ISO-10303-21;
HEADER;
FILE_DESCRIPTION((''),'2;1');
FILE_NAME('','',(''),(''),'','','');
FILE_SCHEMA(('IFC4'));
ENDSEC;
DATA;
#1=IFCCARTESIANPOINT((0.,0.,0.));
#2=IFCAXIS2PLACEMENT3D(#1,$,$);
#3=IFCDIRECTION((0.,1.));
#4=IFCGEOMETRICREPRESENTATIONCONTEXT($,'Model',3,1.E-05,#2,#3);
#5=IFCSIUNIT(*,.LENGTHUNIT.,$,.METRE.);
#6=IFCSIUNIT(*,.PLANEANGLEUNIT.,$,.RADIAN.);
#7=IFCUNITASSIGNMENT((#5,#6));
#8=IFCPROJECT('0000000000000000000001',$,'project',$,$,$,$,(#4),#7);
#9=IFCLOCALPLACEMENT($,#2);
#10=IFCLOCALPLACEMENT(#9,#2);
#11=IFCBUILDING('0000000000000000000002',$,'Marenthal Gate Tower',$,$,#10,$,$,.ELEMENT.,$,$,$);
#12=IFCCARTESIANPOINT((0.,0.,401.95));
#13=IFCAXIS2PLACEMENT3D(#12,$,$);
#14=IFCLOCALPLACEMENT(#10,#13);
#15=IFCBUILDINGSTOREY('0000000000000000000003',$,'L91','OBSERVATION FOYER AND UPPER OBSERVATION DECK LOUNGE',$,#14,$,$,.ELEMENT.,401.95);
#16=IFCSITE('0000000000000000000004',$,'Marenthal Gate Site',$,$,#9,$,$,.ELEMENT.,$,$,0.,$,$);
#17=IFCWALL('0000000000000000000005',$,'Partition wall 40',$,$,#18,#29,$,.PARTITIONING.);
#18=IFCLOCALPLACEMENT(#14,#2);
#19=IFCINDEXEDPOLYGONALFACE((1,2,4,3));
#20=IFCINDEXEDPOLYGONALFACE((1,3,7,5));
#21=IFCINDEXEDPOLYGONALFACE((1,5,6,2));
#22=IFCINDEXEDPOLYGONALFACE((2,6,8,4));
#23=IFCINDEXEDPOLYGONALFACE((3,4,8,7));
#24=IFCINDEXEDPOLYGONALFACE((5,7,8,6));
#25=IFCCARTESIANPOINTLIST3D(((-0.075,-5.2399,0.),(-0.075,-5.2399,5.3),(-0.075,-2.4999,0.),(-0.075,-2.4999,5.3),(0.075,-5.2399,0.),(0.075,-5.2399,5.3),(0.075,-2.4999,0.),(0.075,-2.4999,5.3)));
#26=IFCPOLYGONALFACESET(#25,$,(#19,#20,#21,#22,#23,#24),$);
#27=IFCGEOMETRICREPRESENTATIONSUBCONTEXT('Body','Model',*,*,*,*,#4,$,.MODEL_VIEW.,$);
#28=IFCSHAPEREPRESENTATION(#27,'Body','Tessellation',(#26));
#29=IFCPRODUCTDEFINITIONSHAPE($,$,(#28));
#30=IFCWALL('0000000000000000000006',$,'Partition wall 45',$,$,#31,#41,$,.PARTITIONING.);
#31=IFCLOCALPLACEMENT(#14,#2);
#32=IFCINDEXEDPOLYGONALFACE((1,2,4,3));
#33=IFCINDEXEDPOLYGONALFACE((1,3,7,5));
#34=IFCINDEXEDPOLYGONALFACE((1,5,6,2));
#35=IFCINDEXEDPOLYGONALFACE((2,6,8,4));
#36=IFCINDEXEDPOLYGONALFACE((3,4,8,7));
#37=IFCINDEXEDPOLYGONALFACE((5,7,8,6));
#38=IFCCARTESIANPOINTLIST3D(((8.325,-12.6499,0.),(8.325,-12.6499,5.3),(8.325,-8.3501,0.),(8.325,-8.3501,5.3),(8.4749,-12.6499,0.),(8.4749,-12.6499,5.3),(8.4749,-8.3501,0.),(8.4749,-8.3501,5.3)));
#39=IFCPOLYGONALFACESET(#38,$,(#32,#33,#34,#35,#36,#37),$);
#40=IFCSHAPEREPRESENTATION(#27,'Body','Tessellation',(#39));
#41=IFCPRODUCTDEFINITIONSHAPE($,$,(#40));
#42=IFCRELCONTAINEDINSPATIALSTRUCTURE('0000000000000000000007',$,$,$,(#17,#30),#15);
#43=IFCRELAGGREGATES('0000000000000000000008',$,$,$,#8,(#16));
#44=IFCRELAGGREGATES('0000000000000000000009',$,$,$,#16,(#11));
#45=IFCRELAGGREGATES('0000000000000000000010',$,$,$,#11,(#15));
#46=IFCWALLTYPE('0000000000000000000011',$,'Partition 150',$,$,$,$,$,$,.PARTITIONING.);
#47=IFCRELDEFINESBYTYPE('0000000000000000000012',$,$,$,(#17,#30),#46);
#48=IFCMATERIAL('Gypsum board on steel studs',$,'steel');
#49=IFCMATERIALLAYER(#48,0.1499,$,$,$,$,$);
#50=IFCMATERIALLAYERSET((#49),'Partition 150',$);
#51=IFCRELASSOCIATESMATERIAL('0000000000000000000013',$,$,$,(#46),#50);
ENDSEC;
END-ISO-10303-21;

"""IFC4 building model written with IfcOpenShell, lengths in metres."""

from ifc_helpers import new_model, si_unit, direction, frame, frame_2d, origin, place, context, subcontext, project, spatial, rectangle, extrude, material, layer, layer_set, type_object, element, save


model = new_model("IFC4")

# Units and contexts
model_context = context("Model", 3, precision=1e-05, world=origin(), true_north=direction((0.0, 1.0)))
body_context = subcontext(model_context, "Body", "Model", "MODEL_VIEW")
ifc_project = project(units=[si_unit("LENGTHUNIT", "METRE"), si_unit("PLANEANGLEUNIT", "RADIAN")], contexts=[model_context])

# Site, building, storey
site_placement = place(None, origin())
site = spatial("IfcSite", under=ifc_project, at=site_placement, Name="Marenthal Gate Site", CompositionType="ELEMENT", RefElevation=0.0)
building_placement = place(site_placement, origin())
building = spatial("IfcBuilding", under=site, at=building_placement, Name="Marenthal Gate Tower", CompositionType="ELEMENT")
storey_placement = place(building_placement, frame((0.0, 0.0, 401.95)))
storey = spatial("IfcBuildingStorey", under=building, at=storey_placement, Name="L91", Description="OBSERVATION FOYER AND UPPER OBSERVATION DECK LOUNGE", CompositionType="ELEMENT", Elevation=401.95)

# Shared definitions
ifc_material_1 = material(Name="Gypsum board on steel studs", Category="steel")
ifc_layer_1 = layer(ifc_material_1, 0.1499)
ifc_layer_set_1 = layer_set([ifc_layer_1], Name="Partition 150")
wall_type_1 = type_object("IfcWallType", Name="Partition 150", PredefinedType="PARTITIONING", material=ifc_layer_set_1)

# Walls
wall_1_placement = place(storey_placement, frame((0.0, -5.24, 0.0), z_axis=(0.0, 0.0, 1.0), x_axis=(0.0, 1.0, 0.0)))
element("IfcWall", 1, at=wall_1_placement, inside=storey, type_object=wall_type_1, Name="Partition wall 40", PredefinedType="PARTITIONING", context=body_context, shape_type="SweptSolid", body=[
    extrude(rectangle(XDim=2.74, YDim=0.1499, at=frame_2d((1.3701, 0.0))), origin(), (0.0, 0.0, 1.0), 5.3),
])
wall_2_placement = place(storey_placement, frame((8.3999, -12.6499, 0.0), z_axis=(0.0, 0.0, 1.0), x_axis=(0.0, 1.0, 0.0)))
element("IfcWall", 2, at=wall_2_placement, inside=storey, type_object=wall_type_1, Name="Partition wall 45", PredefinedType="PARTITIONING", context=body_context, shape_type="SweptSolid", body=[
    extrude(rectangle(XDim=4.2998, YDim=0.1499, at=frame_2d((2.1499, 0.0))), origin(), (0.0, 0.0, 1.0), 5.3),
])

save(model, "model.ifc")
